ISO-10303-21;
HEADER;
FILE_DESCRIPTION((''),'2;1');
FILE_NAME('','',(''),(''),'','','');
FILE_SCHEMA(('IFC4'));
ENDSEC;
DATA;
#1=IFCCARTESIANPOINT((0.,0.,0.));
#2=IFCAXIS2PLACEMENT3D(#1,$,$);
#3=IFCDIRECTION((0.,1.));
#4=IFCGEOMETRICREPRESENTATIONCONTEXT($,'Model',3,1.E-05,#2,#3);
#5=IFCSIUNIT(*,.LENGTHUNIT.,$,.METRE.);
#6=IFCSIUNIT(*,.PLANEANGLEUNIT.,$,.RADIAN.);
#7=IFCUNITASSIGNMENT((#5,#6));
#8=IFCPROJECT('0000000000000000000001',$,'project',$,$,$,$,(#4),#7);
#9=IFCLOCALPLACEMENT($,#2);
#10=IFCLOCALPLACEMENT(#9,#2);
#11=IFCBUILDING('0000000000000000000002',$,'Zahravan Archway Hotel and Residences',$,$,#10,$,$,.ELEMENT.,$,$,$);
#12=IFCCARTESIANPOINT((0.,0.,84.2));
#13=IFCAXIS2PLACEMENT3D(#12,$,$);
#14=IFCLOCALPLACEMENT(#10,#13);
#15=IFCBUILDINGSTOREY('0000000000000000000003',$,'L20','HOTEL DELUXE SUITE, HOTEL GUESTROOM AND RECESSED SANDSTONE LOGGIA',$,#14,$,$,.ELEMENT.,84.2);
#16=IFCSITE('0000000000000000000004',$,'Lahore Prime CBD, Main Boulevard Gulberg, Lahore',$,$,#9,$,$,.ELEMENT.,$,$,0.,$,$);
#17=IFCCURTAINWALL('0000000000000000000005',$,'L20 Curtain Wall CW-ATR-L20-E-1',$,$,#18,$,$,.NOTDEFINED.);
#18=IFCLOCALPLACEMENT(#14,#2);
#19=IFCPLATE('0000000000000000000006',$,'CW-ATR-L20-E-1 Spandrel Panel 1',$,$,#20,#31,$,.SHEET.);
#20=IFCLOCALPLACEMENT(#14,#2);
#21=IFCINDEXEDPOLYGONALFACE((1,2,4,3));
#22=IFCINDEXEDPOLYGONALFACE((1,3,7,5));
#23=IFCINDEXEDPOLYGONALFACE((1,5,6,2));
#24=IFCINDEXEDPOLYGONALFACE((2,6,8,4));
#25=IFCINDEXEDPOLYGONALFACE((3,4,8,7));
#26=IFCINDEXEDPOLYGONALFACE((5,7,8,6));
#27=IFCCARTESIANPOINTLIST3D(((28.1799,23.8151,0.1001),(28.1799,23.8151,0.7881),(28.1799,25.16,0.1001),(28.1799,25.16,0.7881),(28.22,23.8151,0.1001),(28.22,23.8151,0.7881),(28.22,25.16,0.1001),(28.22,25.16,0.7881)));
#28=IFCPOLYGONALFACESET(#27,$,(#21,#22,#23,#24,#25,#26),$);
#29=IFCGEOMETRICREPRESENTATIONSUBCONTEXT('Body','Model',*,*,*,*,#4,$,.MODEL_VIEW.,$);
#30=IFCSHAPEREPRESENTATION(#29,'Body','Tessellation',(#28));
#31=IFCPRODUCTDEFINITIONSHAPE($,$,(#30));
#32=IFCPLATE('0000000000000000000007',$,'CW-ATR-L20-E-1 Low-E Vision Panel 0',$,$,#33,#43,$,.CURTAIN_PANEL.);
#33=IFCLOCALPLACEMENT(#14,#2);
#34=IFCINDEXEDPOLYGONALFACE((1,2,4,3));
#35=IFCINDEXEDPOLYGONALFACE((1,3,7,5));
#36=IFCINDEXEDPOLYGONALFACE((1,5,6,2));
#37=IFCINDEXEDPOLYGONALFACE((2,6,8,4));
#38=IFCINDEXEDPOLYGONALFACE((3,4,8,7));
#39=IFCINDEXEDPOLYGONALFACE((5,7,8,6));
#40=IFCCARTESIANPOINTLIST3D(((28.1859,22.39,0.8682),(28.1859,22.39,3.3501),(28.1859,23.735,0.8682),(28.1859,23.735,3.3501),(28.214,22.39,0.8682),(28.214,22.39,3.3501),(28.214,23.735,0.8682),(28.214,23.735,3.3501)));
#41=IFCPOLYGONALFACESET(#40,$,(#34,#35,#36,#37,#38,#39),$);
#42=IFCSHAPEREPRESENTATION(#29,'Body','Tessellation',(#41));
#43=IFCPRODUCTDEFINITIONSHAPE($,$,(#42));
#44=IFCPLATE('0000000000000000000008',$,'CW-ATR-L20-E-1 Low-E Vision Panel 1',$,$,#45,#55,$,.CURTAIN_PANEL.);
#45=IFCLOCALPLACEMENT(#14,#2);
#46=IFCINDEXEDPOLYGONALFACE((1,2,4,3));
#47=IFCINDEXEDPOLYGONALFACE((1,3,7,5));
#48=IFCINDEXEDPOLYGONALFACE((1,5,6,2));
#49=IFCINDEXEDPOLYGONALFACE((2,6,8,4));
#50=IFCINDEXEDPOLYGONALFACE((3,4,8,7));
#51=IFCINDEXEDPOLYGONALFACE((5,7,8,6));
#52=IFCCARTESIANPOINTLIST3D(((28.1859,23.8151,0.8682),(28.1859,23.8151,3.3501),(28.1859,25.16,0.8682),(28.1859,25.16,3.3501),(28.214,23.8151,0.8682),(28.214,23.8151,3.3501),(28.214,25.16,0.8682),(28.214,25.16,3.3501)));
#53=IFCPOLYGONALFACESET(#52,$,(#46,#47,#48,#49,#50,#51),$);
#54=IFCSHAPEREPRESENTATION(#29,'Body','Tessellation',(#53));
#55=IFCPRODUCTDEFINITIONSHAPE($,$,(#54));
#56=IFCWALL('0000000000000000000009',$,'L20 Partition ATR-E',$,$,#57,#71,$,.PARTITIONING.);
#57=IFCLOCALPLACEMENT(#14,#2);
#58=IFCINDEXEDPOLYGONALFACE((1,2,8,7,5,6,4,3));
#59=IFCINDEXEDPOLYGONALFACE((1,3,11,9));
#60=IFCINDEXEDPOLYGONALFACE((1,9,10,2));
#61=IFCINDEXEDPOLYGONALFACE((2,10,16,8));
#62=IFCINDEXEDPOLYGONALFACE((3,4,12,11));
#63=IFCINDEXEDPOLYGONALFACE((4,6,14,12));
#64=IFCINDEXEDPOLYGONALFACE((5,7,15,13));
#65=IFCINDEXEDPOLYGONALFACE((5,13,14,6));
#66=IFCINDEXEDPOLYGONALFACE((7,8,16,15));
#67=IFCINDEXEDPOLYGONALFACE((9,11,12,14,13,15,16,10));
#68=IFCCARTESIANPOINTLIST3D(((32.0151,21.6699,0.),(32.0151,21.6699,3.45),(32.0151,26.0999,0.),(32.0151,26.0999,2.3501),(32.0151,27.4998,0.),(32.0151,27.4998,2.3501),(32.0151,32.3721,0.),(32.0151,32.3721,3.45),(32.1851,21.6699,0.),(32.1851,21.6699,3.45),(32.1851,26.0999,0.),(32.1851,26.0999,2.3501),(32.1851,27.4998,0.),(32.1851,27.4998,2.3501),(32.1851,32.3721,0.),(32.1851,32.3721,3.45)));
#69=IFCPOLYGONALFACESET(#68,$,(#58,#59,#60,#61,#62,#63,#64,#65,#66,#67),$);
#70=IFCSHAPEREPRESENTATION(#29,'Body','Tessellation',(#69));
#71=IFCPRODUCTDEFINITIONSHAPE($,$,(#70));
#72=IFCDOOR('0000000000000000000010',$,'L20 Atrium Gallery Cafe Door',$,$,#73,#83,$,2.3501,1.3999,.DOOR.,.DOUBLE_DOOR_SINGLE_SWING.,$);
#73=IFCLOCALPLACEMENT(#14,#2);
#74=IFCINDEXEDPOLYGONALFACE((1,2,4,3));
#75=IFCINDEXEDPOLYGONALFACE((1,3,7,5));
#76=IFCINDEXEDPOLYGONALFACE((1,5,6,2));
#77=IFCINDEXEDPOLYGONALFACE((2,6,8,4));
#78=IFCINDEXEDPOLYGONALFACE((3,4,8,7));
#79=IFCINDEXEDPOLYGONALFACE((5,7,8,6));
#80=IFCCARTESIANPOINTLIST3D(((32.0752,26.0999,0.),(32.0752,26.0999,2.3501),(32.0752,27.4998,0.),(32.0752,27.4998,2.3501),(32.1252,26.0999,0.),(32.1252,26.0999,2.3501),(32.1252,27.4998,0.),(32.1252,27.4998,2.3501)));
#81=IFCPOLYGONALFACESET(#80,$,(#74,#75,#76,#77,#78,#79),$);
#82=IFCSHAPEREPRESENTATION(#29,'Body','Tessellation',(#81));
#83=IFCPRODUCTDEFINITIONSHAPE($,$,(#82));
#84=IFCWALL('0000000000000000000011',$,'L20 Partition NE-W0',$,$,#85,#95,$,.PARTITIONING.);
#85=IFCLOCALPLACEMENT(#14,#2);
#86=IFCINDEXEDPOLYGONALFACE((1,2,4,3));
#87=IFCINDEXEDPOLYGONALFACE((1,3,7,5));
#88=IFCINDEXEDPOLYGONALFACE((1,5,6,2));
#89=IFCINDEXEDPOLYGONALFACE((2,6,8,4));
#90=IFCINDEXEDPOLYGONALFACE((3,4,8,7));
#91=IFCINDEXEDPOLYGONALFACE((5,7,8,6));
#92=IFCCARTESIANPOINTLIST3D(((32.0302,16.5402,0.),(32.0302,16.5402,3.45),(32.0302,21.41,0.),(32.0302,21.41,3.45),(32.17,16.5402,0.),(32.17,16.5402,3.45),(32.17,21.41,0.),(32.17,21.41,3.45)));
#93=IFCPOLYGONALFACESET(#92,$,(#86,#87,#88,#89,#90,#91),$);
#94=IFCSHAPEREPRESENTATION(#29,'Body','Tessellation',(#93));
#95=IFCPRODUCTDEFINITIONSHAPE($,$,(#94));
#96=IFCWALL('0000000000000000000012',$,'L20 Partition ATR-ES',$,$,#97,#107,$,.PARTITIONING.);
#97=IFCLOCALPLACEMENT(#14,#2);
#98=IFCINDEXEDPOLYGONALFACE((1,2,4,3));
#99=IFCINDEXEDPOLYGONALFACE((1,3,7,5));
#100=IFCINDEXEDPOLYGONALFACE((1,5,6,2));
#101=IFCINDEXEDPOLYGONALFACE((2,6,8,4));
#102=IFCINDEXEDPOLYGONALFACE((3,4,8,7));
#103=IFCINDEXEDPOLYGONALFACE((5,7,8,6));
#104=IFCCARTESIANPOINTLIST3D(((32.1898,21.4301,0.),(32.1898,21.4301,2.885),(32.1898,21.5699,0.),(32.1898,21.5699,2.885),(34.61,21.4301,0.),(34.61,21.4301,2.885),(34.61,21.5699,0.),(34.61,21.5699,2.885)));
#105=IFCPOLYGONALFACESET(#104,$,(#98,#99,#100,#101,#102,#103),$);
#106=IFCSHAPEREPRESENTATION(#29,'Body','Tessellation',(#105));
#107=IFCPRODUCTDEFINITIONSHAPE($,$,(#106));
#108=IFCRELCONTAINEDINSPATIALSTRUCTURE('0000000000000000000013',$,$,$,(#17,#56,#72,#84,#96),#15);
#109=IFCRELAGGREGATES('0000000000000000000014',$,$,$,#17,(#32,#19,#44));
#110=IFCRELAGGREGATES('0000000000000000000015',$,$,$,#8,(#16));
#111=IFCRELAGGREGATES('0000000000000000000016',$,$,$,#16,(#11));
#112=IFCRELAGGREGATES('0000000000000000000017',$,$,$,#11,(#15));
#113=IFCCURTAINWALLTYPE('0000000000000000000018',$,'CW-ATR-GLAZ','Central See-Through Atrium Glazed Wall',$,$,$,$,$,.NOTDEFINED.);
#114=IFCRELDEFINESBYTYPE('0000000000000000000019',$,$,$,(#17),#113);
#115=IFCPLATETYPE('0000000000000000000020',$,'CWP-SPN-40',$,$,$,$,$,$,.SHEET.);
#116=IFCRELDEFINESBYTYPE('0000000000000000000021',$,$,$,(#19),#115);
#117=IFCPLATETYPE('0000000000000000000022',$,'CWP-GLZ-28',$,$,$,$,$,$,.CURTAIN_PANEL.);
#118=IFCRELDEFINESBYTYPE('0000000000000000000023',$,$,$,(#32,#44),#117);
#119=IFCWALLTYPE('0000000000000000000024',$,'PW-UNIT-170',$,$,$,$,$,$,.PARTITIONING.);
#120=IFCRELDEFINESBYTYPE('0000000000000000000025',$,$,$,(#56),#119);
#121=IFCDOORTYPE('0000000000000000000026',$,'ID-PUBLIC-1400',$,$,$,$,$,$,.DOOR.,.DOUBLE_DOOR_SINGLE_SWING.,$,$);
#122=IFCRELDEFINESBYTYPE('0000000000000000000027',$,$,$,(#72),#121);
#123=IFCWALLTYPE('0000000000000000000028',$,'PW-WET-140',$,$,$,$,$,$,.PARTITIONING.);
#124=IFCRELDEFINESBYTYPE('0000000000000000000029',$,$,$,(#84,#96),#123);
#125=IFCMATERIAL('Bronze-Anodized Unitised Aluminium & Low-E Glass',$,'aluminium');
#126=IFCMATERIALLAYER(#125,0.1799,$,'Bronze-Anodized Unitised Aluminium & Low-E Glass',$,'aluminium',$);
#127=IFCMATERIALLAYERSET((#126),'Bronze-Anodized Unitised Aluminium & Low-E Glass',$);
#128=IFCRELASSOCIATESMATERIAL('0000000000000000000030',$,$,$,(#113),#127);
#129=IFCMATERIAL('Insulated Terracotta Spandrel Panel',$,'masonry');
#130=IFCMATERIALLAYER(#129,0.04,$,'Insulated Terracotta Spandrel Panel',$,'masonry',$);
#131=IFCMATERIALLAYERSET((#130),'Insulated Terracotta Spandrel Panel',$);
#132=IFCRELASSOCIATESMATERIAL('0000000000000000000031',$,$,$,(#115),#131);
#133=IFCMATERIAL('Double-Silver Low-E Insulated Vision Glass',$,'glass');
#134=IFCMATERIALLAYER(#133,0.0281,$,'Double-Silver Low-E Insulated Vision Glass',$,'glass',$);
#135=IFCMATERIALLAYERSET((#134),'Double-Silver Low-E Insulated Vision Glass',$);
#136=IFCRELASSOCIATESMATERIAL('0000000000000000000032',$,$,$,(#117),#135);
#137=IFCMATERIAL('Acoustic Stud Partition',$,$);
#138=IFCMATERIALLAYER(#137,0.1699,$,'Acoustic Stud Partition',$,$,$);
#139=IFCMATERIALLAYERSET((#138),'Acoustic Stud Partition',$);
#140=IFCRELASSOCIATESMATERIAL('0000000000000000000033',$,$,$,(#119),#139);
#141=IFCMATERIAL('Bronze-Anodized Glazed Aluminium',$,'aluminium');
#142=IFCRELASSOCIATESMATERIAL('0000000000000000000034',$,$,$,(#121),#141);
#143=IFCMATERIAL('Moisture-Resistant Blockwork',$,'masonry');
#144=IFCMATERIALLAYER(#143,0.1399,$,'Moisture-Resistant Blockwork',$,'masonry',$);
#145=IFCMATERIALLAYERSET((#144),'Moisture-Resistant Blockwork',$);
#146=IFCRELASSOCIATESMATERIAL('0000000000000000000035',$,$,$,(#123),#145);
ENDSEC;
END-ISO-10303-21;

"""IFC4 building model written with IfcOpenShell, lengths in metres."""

from ifc_helpers import new_model, si_unit, direction, frame, frame_2d, origin, origin_2d, place, context, subcontext, project, spatial, rectangle, extrude, source, transform, mapped, material, layer, layer_set, type_object, type_shapes, element, fill, aggregate, save


model = new_model("IFC4")

# Units and contexts
model_context = context("Model", 3, precision=1e-05, world=origin(), true_north=direction((0.0, 1.0)))
body_context = subcontext(model_context, "Body", "Model", "MODEL_VIEW")
ifc_project = project(units=[si_unit("LENGTHUNIT", "METRE"), si_unit("PLANEANGLEUNIT", "RADIAN")], contexts=[model_context])

# Site, building, storey
site_placement = place(None, origin())
site = spatial("IfcSite", under=ifc_project, at=site_placement, Name="Lahore Prime CBD, Main Boulevard Gulberg, Lahore", CompositionType="ELEMENT", RefElevation=0.0)
building_placement = place(site_placement, origin())
building = spatial("IfcBuilding", under=site, at=building_placement, Name="Zahravan Archway Hotel and Residences", CompositionType="ELEMENT")
storey_placement = place(building_placement, frame((0.0, 0.0, 84.2)))
storey = spatial("IfcBuildingStorey", under=building, at=storey_placement, Name="L20", Description="HOTEL DELUXE SUITE, HOTEL GUESTROOM AND RECESSED SANDSTONE LOGGIA", CompositionType="ELEMENT", Elevation=84.2)

# Curtain wall
ifc_material_1 = material(Name="Bronze-Anodized Unitised Aluminium & Low-E Glass", Category="aluminium")
ifc_layer_1 = layer(ifc_material_1, 0.1799, Name="Bronze-Anodized Unitised Aluminium & Low-E Glass", Category="aluminium")
ifc_layer_set_1 = layer_set([ifc_layer_1], Name="Bronze-Anodized Unitised Aluminium & Low-E Glass")
curtain_wall_type = type_object("IfcCurtainWallType", Name="CW-ATR-GLAZ", Description="Central See-Through Atrium Glazed Wall", PredefinedType="NOTDEFINED", material=ifc_layer_set_1)
curtain_wall_1_placement = place(storey_placement, origin())
curtain_wall_1 = element("IfcCurtainWall", 1, at=curtain_wall_1_placement, inside=storey, type_object=curtain_wall_type, Name="L20 Curtain Wall CW-ATR-L20-E-1", PredefinedType="NOTDEFINED")

# Plates
ifc_material_2 = material(Name="Insulated Terracotta Spandrel Panel", Category="masonry")
ifc_layer_2 = layer(ifc_material_2, 0.04, Name="Insulated Terracotta Spandrel Panel", Category="masonry")
ifc_layer_set_2 = layer_set([ifc_layer_2], Name="Insulated Terracotta Spandrel Panel")
plate_type_1 = type_object("IfcPlateType", Name="CWP-SPN-40", PredefinedType="SHEET", material=ifc_layer_set_2)
ifc_material_3 = material(Name="Double-Silver Low-E Insulated Vision Glass", Category="glass")
ifc_layer_3 = layer(ifc_material_3, 0.0281, Name="Double-Silver Low-E Insulated Vision Glass", Category="glass")
ifc_layer_set_3 = layer_set([ifc_layer_3], Name="Double-Silver Low-E Insulated Vision Glass")
plate_type_2 = type_object("IfcPlateType", Name="CWP-GLZ-28", PredefinedType="CURTAIN_PANEL", material=ifc_layer_set_3)
shared_shape_1 = source(origin(), body_context, "Body", "SweptSolid", [
    extrude(rectangle(XDim=1.345, YDim=0.04, at=origin_2d()), origin(), (0.0, 0.0, 1.0), 0.688),
])
plate_1_placement = place(storey_placement, frame((28.2, 24.4875, 0.1001), z_axis=(0.0, 0.0, 1.0), x_axis=(0.0, 1.0, 0.0)))
plate_1 = element("IfcPlate", 2, at=plate_1_placement, type_object=plate_type_1, Name="CW-ATR-L20-E-1 Spandrel Panel 1", PredefinedType="SHEET", context=body_context, shape_type="MappedRepresentation", body=[
    mapped(shared_shape_1, transform((0.0, 0.0, 0.0), scale=1.0)),
])
shared_shape_2 = source(origin(), body_context, "Body", "SweptSolid", [
    extrude(rectangle(XDim=1.345, YDim=0.0281, at=origin_2d()), origin(), (0.0, 0.0, 1.0), 2.4819),
])
plate_2_placement = place(storey_placement, frame((28.2, 23.0625, 0.8682), z_axis=(0.0, 0.0, 1.0), x_axis=(0.0, 1.0, 0.0)))
plate_2 = element("IfcPlate", 3, at=plate_2_placement, type_object=plate_type_2, Name="CW-ATR-L20-E-1 Low-E Vision Panel 0", PredefinedType="CURTAIN_PANEL", context=body_context, shape_type="MappedRepresentation", body=[
    mapped(shared_shape_2, transform((0.0, 0.0, 0.0), scale=1.0)),
])
plate_3_placement = place(storey_placement, frame((28.2, 24.4875, 0.8682), z_axis=(0.0, 0.0, 1.0), x_axis=(0.0, 1.0, 0.0)))
plate_3 = element("IfcPlate", 4, at=plate_3_placement, type_object=plate_type_2, Name="CW-ATR-L20-E-1 Low-E Vision Panel 1", PredefinedType="CURTAIN_PANEL", context=body_context, shape_type="MappedRepresentation", body=[
    mapped(shared_shape_2, transform((0.0, 0.0, 0.0), scale=1.0)),
])
aggregate(curtain_wall_1, [plate_2, plate_1, plate_3])

# Wall, opening, door
ifc_material_4 = material(Name="Acoustic Stud Partition")
ifc_layer_4 = layer(ifc_material_4, 0.1699, Name="Acoustic Stud Partition")
ifc_layer_set_4 = layer_set([ifc_layer_4], Name="Acoustic Stud Partition")
wall_type_1 = type_object("IfcWallType", Name="PW-UNIT-170", PredefinedType="PARTITIONING", material=ifc_layer_set_4)
wall_1_placement = place(storey_placement, frame((32.1001, 21.6699, 0.0), z_axis=(0.0, 0.0, 1.0), x_axis=(0.0, 1.0, 0.0)))
wall_1 = element("IfcWall", 5, at=wall_1_placement, inside=storey, type_object=wall_type_1, Name="L20 Partition ATR-E", PredefinedType="PARTITIONING", context=body_context, shape_type="SweptSolid", body=[
    extrude(rectangle(XDim=10.7021, YDim=0.1699, at=frame_2d((5.3511, 0.0))), origin(), (0.0, 0.0, 1.0), 3.45),
])
opening_placement = place(wall_1_placement, frame((4.4299, 0.0, 0.0)))
opening = element("IfcOpeningElement", 6, at=opening_placement, cuts=wall_1, PredefinedType="OPENING", context=body_context, shape_type="SweptSolid", body=[
    extrude(rectangle(XDim=1.3999, YDim=2.3501, at=frame_2d((0.7, 1.175))), frame((0.0, 0.095, 0.0), z_axis=(0.0, -1.0, 0.0), x_axis=(1.0, 0.0, 0.0)), (0.0, 0.0, 1.0), 0.1899),
])
ifc_material_5 = material(Name="Bronze-Anodized Glazed Aluminium", Category="aluminium")
door_type = type_object("IfcDoorType", Name="ID-PUBLIC-1400", OperationType="DOUBLE_DOOR_SINGLE_SWING", PredefinedType="DOOR", material=ifc_material_5)
shared_shape_3 = source(origin(), body_context, "Body", "SweptSolid", [
    extrude(rectangle(XDim=1.3999, YDim=2.3501, at=frame_2d((0.7, 1.175))), frame((0.0, 0.0249, 0.0), z_axis=(0.0, -1.0, 0.0), x_axis=(1.0, 0.0, 0.0)), (0.0, 0.0, 1.0), 0.05),
])
type_shapes(door_type, [shared_shape_3])
door_placement = place(opening_placement, origin())
door = element("IfcDoor", 7, at=door_placement, inside=storey, type_object=door_type, Name="L20 Atrium Gallery Cafe Door", OperationType="DOUBLE_DOOR_SINGLE_SWING", OverallHeight=2.3501, OverallWidth=1.3999, PredefinedType="DOOR", context=body_context, shape_type="MappedRepresentation", body=[
    mapped(shared_shape_3, transform((0.0, 0.0, 0.0), scale=1.0)),
])
fill(opening, door)

# Walls
ifc_material_6 = material(Name="Moisture-Resistant Blockwork", Category="masonry")
ifc_layer_5 = layer(ifc_material_6, 0.1399, Name="Moisture-Resistant Blockwork", Category="masonry")
ifc_layer_set_5 = layer_set([ifc_layer_5], Name="Moisture-Resistant Blockwork")
wall_type_2 = type_object("IfcWallType", Name="PW-WET-140", PredefinedType="PARTITIONING", material=ifc_layer_set_5)
wall_2_placement = place(storey_placement, frame((32.1001, 16.54, 0.0), z_axis=(0.0, 0.0, 1.0), x_axis=(0.0, 1.0, 0.0)))
element("IfcWall", 8, at=wall_2_placement, inside=storey, type_object=wall_type_2, Name="L20 Partition NE-W0", PredefinedType="PARTITIONING", context=body_context, shape_type="SweptSolid", body=[
    extrude(rectangle(XDim=4.8699, YDim=0.1399, at=frame_2d((2.4351, 0.0))), origin(), (0.0, 0.0, 1.0), 3.45),
])
wall_3_placement = place(storey_placement, frame((32.1899, 21.5, 0.0), z_axis=(0.0, 0.0, 1.0), x_axis=(1.0, 0.0, 0.0)))
element("IfcWall", 9, at=wall_3_placement, inside=storey, type_object=wall_type_2, Name="L20 Partition ATR-ES", PredefinedType="PARTITIONING", context=body_context, shape_type="SweptSolid", body=[
    extrude(rectangle(XDim=2.4202, YDim=0.1399, at=frame_2d((1.21, 0.0))), origin(), (0.0, 0.0, 1.0), 2.885),
])

save(model, "model.ifc")
